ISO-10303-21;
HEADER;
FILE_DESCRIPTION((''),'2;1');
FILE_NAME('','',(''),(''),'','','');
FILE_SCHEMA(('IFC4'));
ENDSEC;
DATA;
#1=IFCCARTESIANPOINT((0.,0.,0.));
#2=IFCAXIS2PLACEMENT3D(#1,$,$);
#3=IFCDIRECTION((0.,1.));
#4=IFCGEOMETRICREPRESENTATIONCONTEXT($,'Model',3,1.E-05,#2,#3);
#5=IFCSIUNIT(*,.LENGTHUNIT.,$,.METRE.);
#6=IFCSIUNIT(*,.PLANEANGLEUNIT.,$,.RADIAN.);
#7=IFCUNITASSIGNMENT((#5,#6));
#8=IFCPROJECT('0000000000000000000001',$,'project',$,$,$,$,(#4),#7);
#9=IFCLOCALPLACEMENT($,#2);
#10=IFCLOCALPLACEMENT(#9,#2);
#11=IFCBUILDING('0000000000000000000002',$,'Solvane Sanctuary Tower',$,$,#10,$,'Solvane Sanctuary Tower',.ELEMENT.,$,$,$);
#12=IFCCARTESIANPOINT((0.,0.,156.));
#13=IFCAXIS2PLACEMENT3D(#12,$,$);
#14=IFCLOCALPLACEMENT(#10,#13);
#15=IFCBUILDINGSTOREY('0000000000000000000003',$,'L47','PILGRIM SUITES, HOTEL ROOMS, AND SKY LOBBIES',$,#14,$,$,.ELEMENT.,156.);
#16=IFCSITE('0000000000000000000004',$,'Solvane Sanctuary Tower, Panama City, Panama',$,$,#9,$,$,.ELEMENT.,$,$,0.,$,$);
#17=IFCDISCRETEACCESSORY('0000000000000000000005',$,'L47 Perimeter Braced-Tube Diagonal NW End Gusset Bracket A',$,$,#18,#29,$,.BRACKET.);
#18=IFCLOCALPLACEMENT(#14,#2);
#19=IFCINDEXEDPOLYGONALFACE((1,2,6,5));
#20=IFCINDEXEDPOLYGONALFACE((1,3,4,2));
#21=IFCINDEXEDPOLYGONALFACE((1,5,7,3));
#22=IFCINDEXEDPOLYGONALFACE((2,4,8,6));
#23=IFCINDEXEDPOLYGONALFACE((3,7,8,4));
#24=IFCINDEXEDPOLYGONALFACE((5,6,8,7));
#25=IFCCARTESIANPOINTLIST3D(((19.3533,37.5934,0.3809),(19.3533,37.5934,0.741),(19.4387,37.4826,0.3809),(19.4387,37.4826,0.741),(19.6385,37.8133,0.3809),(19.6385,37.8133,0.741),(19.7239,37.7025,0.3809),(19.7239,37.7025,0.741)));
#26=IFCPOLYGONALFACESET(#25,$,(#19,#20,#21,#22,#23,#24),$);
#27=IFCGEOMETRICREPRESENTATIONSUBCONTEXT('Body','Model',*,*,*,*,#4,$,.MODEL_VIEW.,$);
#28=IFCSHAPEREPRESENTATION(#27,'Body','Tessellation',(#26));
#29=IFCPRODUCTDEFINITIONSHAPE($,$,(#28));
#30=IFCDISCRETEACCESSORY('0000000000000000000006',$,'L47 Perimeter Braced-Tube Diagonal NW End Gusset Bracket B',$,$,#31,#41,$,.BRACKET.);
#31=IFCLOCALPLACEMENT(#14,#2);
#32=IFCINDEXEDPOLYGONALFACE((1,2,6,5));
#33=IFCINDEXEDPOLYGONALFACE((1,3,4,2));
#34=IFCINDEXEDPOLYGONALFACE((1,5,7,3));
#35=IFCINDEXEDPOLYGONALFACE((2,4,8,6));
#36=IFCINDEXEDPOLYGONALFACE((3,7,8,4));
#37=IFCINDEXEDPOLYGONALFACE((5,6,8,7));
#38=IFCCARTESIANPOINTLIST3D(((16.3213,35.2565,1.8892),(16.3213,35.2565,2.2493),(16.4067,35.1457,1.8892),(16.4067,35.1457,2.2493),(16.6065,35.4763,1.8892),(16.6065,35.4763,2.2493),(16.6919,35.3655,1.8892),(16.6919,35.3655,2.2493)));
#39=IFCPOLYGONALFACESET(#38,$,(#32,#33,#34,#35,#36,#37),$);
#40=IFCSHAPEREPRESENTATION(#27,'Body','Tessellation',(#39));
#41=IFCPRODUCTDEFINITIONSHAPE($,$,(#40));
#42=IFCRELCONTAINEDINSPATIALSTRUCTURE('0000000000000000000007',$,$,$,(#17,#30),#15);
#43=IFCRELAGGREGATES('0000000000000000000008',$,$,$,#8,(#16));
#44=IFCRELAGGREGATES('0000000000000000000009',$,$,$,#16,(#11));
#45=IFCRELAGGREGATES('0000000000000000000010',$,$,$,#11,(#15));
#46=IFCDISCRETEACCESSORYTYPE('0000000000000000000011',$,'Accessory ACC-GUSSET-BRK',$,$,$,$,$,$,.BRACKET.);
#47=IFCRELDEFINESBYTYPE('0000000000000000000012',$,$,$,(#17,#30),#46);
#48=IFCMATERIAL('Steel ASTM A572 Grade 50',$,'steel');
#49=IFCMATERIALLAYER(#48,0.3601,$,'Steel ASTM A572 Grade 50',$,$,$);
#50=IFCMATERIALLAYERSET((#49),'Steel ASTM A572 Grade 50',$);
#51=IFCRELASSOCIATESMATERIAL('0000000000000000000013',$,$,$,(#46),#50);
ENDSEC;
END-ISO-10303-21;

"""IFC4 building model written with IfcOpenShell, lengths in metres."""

from ifc_helpers import new_model, si_unit, direction, frame, origin, origin_2d, place, context, subcontext, project, spatial, rectangle, extrude, material, layer, layer_set, type_object, element, save


model = new_model("IFC4")

# Units and contexts
model_context = context("Model", 3, precision=1e-05, world=origin(), true_north=direction((0.0, 1.0)))
body_context = subcontext(model_context, "Body", "Model", "MODEL_VIEW")
ifc_project = project(units=[si_unit("LENGTHUNIT", "METRE"), si_unit("PLANEANGLEUNIT", "RADIAN")], contexts=[model_context])

# Site, building, storey
site_placement = place(None, origin())
site = spatial("IfcSite", under=ifc_project, at=site_placement, Name="Solvane Sanctuary Tower, Panama City, Panama", CompositionType="ELEMENT", RefElevation=0.0)
building_placement = place(site_placement, origin())
building = spatial("IfcBuilding", under=site, at=building_placement, Name="Solvane Sanctuary Tower", LongName="Solvane Sanctuary Tower", CompositionType="ELEMENT")
storey_placement = place(building_placement, frame((0.0, 0.0, 156.0)))
storey = spatial("IfcBuildingStorey", under=building, at=storey_placement, Name="L47", Description="PILGRIM SUITES, HOTEL ROOMS, AND SKY LOBBIES", CompositionType="ELEMENT", Elevation=156.0)

# Discrete accessories
ifc_material_1 = material(Name="Steel ASTM A572 Grade 50", Category="steel")
ifc_layer_1 = layer(ifc_material_1, 0.3601, Name="Steel ASTM A572 Grade 50")
ifc_layer_set_1 = layer_set([ifc_layer_1], Name="Steel ASTM A572 Grade 50")
discrete_accessory_type = type_object("IfcDiscreteAccessoryType", Name="Accessory ACC-GUSSET-BRK", PredefinedType="BRACKET", material=ifc_layer_set_1)
for number, where, z_axis, x_axis, name in (
    (1, (19.5386, 37.6479, 0.3809), (0.0, 0.0, 1.0), (-0.792077, -0.610422, 0.0), "L47 Perimeter Braced-Tube Diagonal NW End Gusset Bracket A"),
    (2, (16.5066, 35.311, 1.8892), (0.0, 0.0, 1.0), (-0.792077, -0.610422, 0.0), "L47 Perimeter Braced-Tube Diagonal NW End Gusset Bracket B"),
):
    element("IfcDiscreteAccessory", number, at=place(storey_placement, frame(where, z_axis=z_axis, x_axis=x_axis)), inside=storey, type_object=discrete_accessory_type, Name=name, PredefinedType="BRACKET", context=body_context, shape_type="SweptSolid", body=[
        extrude(rectangle(XDim=0.3601, YDim=0.1399, at=origin_2d()), origin(), (0.0, 0.0, 1.0), 0.3601),
    ])

save(model, "model.ifc")
